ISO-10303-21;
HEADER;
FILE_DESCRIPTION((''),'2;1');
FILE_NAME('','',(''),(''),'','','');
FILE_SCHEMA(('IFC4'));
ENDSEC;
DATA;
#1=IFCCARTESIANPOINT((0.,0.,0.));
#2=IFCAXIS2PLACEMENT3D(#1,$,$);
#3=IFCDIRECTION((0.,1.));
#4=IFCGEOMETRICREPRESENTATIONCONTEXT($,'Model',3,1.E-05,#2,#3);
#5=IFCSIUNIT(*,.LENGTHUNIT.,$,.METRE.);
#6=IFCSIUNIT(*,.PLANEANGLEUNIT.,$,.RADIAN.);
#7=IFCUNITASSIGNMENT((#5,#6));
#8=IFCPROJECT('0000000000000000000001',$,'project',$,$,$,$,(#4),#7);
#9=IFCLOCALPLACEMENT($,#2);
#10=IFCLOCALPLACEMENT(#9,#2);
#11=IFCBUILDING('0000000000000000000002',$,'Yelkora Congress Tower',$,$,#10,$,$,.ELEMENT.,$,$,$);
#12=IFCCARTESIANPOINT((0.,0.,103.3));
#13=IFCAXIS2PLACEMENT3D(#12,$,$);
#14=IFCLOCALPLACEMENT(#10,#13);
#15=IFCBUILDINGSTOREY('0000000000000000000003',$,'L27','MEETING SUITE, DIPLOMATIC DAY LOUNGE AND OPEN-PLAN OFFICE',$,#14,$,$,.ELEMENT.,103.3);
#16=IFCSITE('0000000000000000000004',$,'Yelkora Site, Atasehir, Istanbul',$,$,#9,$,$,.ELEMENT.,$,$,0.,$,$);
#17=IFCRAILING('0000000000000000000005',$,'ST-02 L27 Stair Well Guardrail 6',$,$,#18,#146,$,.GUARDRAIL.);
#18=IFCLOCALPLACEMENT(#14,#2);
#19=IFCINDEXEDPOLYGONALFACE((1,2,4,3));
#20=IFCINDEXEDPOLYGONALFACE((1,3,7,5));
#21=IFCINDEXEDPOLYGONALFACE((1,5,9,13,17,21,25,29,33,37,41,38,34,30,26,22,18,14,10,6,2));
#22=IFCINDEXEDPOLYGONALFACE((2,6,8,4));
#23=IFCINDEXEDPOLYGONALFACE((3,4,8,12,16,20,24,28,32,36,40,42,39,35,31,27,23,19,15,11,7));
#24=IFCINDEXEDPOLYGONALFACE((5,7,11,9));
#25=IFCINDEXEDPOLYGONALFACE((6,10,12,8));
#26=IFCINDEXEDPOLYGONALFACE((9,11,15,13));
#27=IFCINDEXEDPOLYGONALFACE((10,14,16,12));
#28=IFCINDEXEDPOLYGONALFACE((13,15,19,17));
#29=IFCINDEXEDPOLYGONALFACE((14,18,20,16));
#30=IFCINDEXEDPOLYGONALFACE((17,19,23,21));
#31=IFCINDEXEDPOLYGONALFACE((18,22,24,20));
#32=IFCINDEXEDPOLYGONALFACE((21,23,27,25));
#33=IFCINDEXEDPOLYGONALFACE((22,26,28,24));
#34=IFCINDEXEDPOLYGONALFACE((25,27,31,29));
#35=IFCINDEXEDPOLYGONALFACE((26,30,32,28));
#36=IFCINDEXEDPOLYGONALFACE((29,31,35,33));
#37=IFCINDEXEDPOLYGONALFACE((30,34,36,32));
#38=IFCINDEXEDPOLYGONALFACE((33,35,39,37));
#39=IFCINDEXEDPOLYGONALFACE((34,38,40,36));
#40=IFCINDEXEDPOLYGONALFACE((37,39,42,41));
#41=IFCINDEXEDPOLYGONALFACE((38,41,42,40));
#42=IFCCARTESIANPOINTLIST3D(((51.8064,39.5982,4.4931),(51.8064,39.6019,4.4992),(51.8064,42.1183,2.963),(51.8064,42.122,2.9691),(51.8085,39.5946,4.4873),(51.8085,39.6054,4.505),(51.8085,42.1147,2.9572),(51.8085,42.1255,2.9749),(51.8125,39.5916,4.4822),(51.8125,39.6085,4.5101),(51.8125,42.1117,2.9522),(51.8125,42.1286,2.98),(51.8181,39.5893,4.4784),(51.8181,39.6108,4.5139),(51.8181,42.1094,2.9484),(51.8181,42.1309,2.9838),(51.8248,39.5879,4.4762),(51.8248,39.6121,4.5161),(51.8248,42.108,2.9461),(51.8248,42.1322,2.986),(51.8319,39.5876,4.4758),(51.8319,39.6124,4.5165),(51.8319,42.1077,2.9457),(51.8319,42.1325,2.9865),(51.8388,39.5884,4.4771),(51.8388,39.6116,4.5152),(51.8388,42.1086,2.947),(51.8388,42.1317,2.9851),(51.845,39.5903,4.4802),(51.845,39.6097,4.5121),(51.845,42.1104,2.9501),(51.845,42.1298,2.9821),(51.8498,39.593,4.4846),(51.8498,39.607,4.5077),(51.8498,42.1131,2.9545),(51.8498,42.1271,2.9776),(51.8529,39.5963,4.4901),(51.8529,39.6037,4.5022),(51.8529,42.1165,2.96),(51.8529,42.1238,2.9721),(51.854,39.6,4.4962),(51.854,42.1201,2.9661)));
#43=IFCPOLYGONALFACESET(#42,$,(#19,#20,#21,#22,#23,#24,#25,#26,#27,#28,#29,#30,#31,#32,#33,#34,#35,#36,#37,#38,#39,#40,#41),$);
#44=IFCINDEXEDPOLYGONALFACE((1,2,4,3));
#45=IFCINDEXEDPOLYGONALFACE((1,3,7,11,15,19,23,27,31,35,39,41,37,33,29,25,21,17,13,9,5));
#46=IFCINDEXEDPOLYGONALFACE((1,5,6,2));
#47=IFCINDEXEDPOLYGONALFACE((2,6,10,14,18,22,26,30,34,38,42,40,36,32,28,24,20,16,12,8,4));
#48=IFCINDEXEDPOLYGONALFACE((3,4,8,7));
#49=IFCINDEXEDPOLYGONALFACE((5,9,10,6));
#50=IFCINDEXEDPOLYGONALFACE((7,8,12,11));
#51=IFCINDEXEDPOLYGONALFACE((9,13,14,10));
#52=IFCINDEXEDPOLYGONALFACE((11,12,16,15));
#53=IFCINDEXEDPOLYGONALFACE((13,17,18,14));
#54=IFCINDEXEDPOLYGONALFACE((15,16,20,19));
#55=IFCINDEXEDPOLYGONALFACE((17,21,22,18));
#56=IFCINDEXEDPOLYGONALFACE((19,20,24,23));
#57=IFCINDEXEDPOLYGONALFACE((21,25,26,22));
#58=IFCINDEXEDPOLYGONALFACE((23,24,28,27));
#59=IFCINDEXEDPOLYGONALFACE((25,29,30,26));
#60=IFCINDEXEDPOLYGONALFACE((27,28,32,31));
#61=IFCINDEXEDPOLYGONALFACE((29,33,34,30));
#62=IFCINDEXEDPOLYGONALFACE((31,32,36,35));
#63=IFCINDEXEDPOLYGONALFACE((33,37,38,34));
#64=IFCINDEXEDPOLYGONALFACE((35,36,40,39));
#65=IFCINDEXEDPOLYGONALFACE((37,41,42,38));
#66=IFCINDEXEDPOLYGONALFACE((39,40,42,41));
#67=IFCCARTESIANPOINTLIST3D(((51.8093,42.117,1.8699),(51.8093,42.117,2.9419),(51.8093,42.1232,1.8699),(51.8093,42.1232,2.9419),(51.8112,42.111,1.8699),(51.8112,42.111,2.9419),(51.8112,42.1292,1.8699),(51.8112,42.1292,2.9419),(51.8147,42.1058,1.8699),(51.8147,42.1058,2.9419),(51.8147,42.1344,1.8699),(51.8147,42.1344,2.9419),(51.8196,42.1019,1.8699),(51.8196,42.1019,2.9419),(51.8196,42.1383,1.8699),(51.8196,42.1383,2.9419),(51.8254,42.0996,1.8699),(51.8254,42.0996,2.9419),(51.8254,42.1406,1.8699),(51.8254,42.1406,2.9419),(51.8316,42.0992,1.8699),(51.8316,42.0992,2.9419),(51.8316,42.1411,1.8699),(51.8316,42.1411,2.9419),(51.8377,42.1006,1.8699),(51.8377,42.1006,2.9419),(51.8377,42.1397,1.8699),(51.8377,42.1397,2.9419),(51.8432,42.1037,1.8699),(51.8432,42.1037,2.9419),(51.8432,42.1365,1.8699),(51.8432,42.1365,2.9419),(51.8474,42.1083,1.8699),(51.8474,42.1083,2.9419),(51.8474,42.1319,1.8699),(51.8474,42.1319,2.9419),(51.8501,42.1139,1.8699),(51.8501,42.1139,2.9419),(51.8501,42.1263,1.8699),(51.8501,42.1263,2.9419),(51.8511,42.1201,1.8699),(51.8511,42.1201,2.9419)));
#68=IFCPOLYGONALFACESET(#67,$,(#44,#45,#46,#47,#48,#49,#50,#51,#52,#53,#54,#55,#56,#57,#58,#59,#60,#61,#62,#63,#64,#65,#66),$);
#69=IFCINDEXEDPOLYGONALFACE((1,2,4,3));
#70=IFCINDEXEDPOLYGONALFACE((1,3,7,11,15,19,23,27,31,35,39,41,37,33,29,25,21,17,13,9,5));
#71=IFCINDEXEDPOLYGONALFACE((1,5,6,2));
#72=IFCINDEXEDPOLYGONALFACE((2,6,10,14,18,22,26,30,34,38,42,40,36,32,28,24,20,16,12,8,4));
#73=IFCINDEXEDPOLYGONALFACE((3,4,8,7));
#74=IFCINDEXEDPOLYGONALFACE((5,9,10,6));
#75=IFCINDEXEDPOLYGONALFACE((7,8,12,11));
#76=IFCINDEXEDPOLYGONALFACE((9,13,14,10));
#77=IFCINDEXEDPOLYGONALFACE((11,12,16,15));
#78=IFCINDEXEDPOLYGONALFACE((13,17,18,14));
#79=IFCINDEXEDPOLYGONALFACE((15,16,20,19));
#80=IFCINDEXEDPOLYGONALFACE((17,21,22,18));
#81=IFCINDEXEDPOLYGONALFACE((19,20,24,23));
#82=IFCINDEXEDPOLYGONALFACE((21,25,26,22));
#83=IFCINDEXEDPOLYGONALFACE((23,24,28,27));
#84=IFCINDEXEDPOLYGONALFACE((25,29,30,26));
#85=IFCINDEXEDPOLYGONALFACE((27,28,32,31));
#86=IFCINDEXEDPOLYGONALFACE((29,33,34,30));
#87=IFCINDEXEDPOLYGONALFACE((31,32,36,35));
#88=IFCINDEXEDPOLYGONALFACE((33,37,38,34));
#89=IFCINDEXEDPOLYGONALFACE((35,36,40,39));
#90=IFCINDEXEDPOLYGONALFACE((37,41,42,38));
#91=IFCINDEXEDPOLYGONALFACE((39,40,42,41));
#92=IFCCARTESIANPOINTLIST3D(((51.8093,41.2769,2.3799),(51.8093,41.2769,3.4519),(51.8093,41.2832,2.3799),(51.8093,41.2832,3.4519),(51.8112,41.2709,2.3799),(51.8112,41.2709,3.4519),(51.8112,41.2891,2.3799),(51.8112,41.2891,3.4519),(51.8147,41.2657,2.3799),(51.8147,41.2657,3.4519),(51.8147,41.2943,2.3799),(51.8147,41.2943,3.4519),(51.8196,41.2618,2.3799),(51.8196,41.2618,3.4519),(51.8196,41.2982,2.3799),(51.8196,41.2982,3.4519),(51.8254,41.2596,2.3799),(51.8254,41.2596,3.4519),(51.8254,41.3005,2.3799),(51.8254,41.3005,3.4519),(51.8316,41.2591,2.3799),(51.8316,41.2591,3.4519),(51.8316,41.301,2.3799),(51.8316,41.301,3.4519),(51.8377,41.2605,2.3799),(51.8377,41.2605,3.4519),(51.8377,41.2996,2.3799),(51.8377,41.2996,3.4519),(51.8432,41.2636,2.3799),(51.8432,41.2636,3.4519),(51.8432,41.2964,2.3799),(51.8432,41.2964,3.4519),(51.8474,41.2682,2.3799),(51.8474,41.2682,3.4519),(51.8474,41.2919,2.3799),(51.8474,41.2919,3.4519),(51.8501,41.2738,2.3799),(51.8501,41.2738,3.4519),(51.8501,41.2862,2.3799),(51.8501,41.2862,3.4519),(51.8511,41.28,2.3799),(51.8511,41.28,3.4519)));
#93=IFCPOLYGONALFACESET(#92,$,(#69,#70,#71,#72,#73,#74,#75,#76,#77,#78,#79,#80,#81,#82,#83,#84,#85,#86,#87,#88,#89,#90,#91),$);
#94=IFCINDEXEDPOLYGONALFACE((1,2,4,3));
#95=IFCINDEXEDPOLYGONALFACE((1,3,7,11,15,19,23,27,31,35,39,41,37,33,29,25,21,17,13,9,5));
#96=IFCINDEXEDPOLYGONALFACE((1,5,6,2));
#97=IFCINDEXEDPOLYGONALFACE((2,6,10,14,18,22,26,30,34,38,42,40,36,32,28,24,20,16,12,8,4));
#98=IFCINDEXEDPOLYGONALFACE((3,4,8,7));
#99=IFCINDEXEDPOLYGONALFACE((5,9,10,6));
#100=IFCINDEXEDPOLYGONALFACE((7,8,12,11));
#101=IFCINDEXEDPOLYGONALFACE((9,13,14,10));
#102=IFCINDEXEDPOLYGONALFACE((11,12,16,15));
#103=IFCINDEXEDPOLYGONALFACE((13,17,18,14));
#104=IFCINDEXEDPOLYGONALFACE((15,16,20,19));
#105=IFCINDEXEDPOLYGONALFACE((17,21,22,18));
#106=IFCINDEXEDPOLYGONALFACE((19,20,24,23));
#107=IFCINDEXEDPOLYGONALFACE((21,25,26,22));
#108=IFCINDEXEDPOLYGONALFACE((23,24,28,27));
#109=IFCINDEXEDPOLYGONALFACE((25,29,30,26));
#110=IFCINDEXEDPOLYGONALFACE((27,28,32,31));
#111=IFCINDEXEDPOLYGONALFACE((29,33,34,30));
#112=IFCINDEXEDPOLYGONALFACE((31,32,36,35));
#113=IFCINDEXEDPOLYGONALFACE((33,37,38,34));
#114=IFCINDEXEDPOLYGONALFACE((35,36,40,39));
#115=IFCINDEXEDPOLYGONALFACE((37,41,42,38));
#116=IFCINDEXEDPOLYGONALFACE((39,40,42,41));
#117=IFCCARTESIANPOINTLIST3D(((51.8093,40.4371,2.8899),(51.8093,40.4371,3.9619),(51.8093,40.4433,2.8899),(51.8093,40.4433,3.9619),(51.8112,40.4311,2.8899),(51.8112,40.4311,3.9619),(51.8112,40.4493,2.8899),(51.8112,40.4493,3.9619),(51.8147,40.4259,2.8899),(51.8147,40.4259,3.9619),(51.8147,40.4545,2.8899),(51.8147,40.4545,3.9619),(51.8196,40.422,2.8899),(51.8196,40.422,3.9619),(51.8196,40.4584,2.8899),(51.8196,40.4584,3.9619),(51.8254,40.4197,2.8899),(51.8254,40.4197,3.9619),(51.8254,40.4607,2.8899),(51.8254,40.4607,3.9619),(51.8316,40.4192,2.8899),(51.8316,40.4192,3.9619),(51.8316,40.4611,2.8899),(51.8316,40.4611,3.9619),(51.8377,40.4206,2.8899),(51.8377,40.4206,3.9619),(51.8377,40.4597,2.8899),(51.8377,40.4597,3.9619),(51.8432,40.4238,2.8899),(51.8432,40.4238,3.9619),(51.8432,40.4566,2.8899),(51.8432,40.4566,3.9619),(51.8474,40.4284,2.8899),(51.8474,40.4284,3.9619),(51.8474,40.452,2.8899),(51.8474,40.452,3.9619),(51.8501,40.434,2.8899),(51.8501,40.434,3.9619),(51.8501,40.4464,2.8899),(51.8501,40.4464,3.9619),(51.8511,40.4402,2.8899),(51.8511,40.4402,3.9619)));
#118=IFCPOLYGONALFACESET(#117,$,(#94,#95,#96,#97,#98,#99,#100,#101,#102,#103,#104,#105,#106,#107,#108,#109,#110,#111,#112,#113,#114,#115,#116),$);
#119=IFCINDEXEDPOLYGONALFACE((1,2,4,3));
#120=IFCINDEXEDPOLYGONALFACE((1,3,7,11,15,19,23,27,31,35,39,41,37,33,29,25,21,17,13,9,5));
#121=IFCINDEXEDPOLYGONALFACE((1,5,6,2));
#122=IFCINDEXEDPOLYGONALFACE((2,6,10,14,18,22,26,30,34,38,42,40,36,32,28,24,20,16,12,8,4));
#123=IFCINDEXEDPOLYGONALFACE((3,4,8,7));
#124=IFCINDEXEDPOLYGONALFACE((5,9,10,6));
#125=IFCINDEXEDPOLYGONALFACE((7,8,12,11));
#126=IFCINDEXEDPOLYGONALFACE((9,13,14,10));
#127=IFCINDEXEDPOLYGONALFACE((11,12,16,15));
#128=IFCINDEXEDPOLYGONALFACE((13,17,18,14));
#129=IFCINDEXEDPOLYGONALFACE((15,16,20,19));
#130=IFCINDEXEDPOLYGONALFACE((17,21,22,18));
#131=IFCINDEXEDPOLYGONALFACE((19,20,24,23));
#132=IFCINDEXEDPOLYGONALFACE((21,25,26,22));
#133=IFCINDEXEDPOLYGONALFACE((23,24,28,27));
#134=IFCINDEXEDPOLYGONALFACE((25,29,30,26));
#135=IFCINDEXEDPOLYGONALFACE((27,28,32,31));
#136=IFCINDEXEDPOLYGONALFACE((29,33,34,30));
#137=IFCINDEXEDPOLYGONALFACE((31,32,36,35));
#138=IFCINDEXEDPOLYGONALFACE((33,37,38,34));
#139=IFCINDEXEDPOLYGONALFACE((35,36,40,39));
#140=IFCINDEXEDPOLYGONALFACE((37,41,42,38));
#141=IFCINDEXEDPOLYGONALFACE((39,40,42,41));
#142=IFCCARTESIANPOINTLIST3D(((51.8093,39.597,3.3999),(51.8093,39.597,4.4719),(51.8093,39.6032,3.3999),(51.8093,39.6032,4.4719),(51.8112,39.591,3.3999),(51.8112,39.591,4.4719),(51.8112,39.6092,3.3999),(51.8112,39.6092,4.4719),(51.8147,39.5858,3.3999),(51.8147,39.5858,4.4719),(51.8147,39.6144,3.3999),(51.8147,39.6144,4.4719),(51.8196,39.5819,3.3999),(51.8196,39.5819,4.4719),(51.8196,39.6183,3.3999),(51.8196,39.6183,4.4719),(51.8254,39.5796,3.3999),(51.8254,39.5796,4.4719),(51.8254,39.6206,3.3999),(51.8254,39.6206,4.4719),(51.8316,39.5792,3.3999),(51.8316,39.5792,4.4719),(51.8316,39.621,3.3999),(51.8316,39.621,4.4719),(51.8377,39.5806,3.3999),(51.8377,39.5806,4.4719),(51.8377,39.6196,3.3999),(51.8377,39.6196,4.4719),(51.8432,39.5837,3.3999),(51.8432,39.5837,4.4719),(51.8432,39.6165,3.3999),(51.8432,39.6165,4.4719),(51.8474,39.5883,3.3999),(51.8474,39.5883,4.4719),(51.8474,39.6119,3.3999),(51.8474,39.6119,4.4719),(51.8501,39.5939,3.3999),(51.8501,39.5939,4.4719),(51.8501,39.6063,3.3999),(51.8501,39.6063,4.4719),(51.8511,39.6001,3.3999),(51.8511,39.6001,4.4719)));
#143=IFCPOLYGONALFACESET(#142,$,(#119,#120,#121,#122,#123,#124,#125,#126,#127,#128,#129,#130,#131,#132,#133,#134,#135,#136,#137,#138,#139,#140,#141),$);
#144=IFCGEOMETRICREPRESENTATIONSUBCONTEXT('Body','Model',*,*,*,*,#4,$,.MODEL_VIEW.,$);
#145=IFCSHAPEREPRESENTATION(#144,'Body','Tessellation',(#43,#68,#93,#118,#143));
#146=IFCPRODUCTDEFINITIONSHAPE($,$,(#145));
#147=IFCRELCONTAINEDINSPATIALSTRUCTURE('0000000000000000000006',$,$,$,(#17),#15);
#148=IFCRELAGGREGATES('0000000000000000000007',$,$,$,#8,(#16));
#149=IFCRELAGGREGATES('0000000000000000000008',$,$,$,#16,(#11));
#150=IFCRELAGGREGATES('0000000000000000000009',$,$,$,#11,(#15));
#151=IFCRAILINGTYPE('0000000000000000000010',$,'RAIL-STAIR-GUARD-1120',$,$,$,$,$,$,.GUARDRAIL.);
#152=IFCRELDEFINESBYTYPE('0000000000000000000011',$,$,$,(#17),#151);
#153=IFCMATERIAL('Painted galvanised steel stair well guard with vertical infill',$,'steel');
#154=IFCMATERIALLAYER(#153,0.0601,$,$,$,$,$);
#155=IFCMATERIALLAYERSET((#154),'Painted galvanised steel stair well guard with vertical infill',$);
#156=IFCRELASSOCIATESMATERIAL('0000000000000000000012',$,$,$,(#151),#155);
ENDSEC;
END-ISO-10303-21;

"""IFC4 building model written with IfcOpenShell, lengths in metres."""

from ifc_helpers import new_model, si_unit, direction, frame, origin, origin_2d, place, context, subcontext, project, spatial, circle, extrude, material, layer, layer_set, type_object, element, save


model = new_model("IFC4")

# Units and contexts
model_context = context("Model", 3, precision=1e-05, world=origin(), true_north=direction((0.0, 1.0)))
body_context = subcontext(model_context, "Body", "Model", "MODEL_VIEW")
ifc_project = project(units=[si_unit("LENGTHUNIT", "METRE"), si_unit("PLANEANGLEUNIT", "RADIAN")], contexts=[model_context])

# Site, building, storey
site_placement = place(None, origin())
site = spatial("IfcSite", under=ifc_project, at=site_placement, Name="Yelkora Site, Atasehir, Istanbul", CompositionType="ELEMENT", RefElevation=0.0)
building_placement = place(site_placement, origin())
building = spatial("IfcBuilding", under=site, at=building_placement, Name="Yelkora Congress Tower", CompositionType="ELEMENT")
storey_placement = place(building_placement, frame((0.0, 0.0, 103.3)))
storey = spatial("IfcBuildingStorey", under=building, at=storey_placement, Name="L27", Description="MEETING SUITE, DIPLOMATIC DAY LOUNGE AND OPEN-PLAN OFFICE", CompositionType="ELEMENT", Elevation=103.3)

# Railing
ifc_material_1 = material(Name="Painted galvanised steel stair well guard with vertical infill", Category="steel")
ifc_layer_1 = layer(ifc_material_1, 0.0601)
ifc_layer_set_1 = layer_set([ifc_layer_1], Name="Painted galvanised steel stair well guard with vertical infill")
railing_type_1 = type_object("IfcRailingType", Name="RAIL-STAIR-GUARD-1120", PredefinedType="GUARDRAIL", material=ifc_layer_set_1)
railing_1_placement = place(storey_placement, frame((51.8301, 42.1201, 1.8699)))
element("IfcRailing", 1, at=railing_1_placement, inside=storey, type_object=railing_type_1, Name="ST-02 L27 Stair Well Guardrail 6", PredefinedType="GUARDRAIL", context=body_context, shape_type="SweptSolid", body=[
    extrude(circle(Radius=0.0239, at=origin_2d()), frame((0.0, 0.0, 1.0962), z_axis=(0.0, -0.854785, 0.518982), x_axis=(1.0, 0.0, 0.0)), (0.0, 0.0, 1.0), 2.9482),
    extrude(circle(Radius=0.021, at=origin_2d()), origin(), (0.0, 0.0, 1.0), 1.072),
    extrude(circle(Radius=0.021, at=origin_2d()), frame((0.0, -0.8401, 0.51)), (0.0, 0.0, 1.0), 1.072),
    extrude(circle(Radius=0.021, at=origin_2d()), frame((0.0, -1.6799, 1.02)), (0.0, 0.0, 1.0), 1.072),
    extrude(circle(Radius=0.021, at=origin_2d()), frame((0.0, -2.52, 1.53)), (0.0, 0.0, 1.0), 1.072),
])

save(model, "model.ifc")
